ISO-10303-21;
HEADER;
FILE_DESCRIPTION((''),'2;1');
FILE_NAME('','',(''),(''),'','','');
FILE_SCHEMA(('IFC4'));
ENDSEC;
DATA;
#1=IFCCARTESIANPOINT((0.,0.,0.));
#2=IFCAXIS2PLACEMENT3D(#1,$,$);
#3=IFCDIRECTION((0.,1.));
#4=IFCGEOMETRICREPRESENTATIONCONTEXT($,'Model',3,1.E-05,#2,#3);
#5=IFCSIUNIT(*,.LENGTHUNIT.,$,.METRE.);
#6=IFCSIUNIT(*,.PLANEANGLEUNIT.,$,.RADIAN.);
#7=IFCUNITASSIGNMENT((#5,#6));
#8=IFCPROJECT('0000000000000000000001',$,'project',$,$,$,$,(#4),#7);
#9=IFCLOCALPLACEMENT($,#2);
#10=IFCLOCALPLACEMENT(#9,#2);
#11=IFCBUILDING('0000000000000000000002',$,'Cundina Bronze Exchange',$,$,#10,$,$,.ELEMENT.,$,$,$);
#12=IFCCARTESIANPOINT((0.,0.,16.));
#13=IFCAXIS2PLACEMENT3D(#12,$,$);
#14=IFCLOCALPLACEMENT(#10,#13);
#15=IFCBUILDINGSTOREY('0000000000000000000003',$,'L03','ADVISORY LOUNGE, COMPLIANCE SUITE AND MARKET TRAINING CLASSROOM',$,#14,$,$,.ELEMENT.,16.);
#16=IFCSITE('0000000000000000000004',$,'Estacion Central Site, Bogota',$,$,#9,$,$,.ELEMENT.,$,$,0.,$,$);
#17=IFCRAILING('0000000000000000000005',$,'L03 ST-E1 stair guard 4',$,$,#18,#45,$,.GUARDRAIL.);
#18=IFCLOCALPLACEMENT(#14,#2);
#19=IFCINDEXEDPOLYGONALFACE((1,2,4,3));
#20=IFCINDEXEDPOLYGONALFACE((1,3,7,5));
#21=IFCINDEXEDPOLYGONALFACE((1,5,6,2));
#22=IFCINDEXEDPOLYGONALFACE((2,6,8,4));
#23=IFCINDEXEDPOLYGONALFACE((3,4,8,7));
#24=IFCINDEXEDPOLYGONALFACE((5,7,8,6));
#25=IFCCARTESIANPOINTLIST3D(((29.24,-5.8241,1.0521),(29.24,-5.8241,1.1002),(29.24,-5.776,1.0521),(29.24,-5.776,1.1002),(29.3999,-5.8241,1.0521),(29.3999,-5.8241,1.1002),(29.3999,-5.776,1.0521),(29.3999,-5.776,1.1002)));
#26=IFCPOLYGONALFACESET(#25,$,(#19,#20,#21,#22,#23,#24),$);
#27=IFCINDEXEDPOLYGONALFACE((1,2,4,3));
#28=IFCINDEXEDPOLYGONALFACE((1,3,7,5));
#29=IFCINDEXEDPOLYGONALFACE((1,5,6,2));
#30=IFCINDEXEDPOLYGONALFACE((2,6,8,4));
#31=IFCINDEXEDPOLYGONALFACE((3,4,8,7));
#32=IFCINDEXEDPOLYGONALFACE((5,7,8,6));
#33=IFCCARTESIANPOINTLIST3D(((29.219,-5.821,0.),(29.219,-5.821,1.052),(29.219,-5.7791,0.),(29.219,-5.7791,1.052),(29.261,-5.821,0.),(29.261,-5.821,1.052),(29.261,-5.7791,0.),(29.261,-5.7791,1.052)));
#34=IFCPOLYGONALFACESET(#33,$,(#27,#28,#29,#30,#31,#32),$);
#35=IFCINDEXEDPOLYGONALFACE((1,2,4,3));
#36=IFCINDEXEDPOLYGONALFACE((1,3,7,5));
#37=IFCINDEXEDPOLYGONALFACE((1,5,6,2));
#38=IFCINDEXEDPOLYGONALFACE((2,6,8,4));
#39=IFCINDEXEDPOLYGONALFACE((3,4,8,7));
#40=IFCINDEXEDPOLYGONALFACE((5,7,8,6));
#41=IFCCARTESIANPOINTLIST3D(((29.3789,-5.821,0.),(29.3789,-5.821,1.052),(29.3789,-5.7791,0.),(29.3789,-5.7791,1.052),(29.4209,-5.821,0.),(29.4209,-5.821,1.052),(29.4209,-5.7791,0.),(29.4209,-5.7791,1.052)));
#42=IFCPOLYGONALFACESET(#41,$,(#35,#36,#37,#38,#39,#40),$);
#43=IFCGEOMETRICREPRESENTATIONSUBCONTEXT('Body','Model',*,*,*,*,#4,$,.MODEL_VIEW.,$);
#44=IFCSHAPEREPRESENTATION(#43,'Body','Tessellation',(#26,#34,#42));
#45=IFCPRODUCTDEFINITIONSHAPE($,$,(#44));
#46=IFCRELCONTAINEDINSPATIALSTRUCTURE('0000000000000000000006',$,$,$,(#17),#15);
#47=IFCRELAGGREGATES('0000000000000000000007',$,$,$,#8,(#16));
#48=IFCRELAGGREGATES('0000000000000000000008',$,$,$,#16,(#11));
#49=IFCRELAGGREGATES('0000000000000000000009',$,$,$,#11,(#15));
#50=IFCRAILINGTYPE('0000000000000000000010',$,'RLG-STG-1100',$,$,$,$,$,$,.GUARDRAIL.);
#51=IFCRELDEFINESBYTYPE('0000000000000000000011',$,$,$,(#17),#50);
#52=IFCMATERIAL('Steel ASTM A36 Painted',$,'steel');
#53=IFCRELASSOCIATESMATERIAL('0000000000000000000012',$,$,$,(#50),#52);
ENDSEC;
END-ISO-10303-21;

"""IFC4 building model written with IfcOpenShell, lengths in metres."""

from ifc_helpers import new_model, si_unit, direction, frame, origin, origin_2d, place, context, subcontext, project, spatial, rectangle, extrude, material, type_object, element, save


model = new_model("IFC4")

# Units and contexts
model_context = context("Model", 3, precision=1e-05, world=origin(), true_north=direction((0.0, 1.0)))
body_context = subcontext(model_context, "Body", "Model", "MODEL_VIEW")
ifc_project = project(units=[si_unit("LENGTHUNIT", "METRE"), si_unit("PLANEANGLEUNIT", "RADIAN")], contexts=[model_context])

# Site, building, storey
site_placement = place(None, origin())
site = spatial("IfcSite", under=ifc_project, at=site_placement, Name="Estacion Central Site, Bogota", CompositionType="ELEMENT", RefElevation=0.0)
building_placement = place(site_placement, origin())
building = spatial("IfcBuilding", under=site, at=building_placement, Name="Cundina Bronze Exchange", CompositionType="ELEMENT")
storey_placement = place(building_placement, frame((0.0, 0.0, 16.0)))
storey = spatial("IfcBuildingStorey", under=building, at=storey_placement, Name="L03", Description="ADVISORY LOUNGE, COMPLIANCE SUITE AND MARKET TRAINING CLASSROOM", CompositionType="ELEMENT", Elevation=16.0)

# Shared definitions
ifc_material_1 = material(Name="Steel ASTM A36 Painted", Category="steel")

# Railing
railing_type_1 = type_object("IfcRailingType", Name="RLG-STG-1100", PredefinedType="GUARDRAIL", material=ifc_material_1)
railing_1_placement = place(storey_placement, frame((29.24, -5.8, 0.0)))
element("IfcRailing", 1, at=railing_1_placement, inside=storey, type_object=railing_type_1, Name="L03 ST-E1 stair guard 4", PredefinedType="GUARDRAIL", context=body_context, shape_type="SweptSolid", body=[
    extrude(rectangle(XDim=0.0481, YDim=0.0481, at=origin_2d()), frame((0.0, 0.0, 1.0762), z_axis=(1.0, 0.0, 0.0), x_axis=(0.0, 1.0, 0.0)), (0.0, 0.0, 1.0), 0.1599),
    extrude(rectangle(XDim=0.042, YDim=0.042, at=origin_2d()), origin(), (0.0, 0.0, 1.0), 1.052),
    extrude(rectangle(XDim=0.042, YDim=0.042, at=origin_2d()), frame((0.1599, 0.0, 0.0)), (0.0, 0.0, 1.0), 1.052),
])

save(model, "model.ifc")
